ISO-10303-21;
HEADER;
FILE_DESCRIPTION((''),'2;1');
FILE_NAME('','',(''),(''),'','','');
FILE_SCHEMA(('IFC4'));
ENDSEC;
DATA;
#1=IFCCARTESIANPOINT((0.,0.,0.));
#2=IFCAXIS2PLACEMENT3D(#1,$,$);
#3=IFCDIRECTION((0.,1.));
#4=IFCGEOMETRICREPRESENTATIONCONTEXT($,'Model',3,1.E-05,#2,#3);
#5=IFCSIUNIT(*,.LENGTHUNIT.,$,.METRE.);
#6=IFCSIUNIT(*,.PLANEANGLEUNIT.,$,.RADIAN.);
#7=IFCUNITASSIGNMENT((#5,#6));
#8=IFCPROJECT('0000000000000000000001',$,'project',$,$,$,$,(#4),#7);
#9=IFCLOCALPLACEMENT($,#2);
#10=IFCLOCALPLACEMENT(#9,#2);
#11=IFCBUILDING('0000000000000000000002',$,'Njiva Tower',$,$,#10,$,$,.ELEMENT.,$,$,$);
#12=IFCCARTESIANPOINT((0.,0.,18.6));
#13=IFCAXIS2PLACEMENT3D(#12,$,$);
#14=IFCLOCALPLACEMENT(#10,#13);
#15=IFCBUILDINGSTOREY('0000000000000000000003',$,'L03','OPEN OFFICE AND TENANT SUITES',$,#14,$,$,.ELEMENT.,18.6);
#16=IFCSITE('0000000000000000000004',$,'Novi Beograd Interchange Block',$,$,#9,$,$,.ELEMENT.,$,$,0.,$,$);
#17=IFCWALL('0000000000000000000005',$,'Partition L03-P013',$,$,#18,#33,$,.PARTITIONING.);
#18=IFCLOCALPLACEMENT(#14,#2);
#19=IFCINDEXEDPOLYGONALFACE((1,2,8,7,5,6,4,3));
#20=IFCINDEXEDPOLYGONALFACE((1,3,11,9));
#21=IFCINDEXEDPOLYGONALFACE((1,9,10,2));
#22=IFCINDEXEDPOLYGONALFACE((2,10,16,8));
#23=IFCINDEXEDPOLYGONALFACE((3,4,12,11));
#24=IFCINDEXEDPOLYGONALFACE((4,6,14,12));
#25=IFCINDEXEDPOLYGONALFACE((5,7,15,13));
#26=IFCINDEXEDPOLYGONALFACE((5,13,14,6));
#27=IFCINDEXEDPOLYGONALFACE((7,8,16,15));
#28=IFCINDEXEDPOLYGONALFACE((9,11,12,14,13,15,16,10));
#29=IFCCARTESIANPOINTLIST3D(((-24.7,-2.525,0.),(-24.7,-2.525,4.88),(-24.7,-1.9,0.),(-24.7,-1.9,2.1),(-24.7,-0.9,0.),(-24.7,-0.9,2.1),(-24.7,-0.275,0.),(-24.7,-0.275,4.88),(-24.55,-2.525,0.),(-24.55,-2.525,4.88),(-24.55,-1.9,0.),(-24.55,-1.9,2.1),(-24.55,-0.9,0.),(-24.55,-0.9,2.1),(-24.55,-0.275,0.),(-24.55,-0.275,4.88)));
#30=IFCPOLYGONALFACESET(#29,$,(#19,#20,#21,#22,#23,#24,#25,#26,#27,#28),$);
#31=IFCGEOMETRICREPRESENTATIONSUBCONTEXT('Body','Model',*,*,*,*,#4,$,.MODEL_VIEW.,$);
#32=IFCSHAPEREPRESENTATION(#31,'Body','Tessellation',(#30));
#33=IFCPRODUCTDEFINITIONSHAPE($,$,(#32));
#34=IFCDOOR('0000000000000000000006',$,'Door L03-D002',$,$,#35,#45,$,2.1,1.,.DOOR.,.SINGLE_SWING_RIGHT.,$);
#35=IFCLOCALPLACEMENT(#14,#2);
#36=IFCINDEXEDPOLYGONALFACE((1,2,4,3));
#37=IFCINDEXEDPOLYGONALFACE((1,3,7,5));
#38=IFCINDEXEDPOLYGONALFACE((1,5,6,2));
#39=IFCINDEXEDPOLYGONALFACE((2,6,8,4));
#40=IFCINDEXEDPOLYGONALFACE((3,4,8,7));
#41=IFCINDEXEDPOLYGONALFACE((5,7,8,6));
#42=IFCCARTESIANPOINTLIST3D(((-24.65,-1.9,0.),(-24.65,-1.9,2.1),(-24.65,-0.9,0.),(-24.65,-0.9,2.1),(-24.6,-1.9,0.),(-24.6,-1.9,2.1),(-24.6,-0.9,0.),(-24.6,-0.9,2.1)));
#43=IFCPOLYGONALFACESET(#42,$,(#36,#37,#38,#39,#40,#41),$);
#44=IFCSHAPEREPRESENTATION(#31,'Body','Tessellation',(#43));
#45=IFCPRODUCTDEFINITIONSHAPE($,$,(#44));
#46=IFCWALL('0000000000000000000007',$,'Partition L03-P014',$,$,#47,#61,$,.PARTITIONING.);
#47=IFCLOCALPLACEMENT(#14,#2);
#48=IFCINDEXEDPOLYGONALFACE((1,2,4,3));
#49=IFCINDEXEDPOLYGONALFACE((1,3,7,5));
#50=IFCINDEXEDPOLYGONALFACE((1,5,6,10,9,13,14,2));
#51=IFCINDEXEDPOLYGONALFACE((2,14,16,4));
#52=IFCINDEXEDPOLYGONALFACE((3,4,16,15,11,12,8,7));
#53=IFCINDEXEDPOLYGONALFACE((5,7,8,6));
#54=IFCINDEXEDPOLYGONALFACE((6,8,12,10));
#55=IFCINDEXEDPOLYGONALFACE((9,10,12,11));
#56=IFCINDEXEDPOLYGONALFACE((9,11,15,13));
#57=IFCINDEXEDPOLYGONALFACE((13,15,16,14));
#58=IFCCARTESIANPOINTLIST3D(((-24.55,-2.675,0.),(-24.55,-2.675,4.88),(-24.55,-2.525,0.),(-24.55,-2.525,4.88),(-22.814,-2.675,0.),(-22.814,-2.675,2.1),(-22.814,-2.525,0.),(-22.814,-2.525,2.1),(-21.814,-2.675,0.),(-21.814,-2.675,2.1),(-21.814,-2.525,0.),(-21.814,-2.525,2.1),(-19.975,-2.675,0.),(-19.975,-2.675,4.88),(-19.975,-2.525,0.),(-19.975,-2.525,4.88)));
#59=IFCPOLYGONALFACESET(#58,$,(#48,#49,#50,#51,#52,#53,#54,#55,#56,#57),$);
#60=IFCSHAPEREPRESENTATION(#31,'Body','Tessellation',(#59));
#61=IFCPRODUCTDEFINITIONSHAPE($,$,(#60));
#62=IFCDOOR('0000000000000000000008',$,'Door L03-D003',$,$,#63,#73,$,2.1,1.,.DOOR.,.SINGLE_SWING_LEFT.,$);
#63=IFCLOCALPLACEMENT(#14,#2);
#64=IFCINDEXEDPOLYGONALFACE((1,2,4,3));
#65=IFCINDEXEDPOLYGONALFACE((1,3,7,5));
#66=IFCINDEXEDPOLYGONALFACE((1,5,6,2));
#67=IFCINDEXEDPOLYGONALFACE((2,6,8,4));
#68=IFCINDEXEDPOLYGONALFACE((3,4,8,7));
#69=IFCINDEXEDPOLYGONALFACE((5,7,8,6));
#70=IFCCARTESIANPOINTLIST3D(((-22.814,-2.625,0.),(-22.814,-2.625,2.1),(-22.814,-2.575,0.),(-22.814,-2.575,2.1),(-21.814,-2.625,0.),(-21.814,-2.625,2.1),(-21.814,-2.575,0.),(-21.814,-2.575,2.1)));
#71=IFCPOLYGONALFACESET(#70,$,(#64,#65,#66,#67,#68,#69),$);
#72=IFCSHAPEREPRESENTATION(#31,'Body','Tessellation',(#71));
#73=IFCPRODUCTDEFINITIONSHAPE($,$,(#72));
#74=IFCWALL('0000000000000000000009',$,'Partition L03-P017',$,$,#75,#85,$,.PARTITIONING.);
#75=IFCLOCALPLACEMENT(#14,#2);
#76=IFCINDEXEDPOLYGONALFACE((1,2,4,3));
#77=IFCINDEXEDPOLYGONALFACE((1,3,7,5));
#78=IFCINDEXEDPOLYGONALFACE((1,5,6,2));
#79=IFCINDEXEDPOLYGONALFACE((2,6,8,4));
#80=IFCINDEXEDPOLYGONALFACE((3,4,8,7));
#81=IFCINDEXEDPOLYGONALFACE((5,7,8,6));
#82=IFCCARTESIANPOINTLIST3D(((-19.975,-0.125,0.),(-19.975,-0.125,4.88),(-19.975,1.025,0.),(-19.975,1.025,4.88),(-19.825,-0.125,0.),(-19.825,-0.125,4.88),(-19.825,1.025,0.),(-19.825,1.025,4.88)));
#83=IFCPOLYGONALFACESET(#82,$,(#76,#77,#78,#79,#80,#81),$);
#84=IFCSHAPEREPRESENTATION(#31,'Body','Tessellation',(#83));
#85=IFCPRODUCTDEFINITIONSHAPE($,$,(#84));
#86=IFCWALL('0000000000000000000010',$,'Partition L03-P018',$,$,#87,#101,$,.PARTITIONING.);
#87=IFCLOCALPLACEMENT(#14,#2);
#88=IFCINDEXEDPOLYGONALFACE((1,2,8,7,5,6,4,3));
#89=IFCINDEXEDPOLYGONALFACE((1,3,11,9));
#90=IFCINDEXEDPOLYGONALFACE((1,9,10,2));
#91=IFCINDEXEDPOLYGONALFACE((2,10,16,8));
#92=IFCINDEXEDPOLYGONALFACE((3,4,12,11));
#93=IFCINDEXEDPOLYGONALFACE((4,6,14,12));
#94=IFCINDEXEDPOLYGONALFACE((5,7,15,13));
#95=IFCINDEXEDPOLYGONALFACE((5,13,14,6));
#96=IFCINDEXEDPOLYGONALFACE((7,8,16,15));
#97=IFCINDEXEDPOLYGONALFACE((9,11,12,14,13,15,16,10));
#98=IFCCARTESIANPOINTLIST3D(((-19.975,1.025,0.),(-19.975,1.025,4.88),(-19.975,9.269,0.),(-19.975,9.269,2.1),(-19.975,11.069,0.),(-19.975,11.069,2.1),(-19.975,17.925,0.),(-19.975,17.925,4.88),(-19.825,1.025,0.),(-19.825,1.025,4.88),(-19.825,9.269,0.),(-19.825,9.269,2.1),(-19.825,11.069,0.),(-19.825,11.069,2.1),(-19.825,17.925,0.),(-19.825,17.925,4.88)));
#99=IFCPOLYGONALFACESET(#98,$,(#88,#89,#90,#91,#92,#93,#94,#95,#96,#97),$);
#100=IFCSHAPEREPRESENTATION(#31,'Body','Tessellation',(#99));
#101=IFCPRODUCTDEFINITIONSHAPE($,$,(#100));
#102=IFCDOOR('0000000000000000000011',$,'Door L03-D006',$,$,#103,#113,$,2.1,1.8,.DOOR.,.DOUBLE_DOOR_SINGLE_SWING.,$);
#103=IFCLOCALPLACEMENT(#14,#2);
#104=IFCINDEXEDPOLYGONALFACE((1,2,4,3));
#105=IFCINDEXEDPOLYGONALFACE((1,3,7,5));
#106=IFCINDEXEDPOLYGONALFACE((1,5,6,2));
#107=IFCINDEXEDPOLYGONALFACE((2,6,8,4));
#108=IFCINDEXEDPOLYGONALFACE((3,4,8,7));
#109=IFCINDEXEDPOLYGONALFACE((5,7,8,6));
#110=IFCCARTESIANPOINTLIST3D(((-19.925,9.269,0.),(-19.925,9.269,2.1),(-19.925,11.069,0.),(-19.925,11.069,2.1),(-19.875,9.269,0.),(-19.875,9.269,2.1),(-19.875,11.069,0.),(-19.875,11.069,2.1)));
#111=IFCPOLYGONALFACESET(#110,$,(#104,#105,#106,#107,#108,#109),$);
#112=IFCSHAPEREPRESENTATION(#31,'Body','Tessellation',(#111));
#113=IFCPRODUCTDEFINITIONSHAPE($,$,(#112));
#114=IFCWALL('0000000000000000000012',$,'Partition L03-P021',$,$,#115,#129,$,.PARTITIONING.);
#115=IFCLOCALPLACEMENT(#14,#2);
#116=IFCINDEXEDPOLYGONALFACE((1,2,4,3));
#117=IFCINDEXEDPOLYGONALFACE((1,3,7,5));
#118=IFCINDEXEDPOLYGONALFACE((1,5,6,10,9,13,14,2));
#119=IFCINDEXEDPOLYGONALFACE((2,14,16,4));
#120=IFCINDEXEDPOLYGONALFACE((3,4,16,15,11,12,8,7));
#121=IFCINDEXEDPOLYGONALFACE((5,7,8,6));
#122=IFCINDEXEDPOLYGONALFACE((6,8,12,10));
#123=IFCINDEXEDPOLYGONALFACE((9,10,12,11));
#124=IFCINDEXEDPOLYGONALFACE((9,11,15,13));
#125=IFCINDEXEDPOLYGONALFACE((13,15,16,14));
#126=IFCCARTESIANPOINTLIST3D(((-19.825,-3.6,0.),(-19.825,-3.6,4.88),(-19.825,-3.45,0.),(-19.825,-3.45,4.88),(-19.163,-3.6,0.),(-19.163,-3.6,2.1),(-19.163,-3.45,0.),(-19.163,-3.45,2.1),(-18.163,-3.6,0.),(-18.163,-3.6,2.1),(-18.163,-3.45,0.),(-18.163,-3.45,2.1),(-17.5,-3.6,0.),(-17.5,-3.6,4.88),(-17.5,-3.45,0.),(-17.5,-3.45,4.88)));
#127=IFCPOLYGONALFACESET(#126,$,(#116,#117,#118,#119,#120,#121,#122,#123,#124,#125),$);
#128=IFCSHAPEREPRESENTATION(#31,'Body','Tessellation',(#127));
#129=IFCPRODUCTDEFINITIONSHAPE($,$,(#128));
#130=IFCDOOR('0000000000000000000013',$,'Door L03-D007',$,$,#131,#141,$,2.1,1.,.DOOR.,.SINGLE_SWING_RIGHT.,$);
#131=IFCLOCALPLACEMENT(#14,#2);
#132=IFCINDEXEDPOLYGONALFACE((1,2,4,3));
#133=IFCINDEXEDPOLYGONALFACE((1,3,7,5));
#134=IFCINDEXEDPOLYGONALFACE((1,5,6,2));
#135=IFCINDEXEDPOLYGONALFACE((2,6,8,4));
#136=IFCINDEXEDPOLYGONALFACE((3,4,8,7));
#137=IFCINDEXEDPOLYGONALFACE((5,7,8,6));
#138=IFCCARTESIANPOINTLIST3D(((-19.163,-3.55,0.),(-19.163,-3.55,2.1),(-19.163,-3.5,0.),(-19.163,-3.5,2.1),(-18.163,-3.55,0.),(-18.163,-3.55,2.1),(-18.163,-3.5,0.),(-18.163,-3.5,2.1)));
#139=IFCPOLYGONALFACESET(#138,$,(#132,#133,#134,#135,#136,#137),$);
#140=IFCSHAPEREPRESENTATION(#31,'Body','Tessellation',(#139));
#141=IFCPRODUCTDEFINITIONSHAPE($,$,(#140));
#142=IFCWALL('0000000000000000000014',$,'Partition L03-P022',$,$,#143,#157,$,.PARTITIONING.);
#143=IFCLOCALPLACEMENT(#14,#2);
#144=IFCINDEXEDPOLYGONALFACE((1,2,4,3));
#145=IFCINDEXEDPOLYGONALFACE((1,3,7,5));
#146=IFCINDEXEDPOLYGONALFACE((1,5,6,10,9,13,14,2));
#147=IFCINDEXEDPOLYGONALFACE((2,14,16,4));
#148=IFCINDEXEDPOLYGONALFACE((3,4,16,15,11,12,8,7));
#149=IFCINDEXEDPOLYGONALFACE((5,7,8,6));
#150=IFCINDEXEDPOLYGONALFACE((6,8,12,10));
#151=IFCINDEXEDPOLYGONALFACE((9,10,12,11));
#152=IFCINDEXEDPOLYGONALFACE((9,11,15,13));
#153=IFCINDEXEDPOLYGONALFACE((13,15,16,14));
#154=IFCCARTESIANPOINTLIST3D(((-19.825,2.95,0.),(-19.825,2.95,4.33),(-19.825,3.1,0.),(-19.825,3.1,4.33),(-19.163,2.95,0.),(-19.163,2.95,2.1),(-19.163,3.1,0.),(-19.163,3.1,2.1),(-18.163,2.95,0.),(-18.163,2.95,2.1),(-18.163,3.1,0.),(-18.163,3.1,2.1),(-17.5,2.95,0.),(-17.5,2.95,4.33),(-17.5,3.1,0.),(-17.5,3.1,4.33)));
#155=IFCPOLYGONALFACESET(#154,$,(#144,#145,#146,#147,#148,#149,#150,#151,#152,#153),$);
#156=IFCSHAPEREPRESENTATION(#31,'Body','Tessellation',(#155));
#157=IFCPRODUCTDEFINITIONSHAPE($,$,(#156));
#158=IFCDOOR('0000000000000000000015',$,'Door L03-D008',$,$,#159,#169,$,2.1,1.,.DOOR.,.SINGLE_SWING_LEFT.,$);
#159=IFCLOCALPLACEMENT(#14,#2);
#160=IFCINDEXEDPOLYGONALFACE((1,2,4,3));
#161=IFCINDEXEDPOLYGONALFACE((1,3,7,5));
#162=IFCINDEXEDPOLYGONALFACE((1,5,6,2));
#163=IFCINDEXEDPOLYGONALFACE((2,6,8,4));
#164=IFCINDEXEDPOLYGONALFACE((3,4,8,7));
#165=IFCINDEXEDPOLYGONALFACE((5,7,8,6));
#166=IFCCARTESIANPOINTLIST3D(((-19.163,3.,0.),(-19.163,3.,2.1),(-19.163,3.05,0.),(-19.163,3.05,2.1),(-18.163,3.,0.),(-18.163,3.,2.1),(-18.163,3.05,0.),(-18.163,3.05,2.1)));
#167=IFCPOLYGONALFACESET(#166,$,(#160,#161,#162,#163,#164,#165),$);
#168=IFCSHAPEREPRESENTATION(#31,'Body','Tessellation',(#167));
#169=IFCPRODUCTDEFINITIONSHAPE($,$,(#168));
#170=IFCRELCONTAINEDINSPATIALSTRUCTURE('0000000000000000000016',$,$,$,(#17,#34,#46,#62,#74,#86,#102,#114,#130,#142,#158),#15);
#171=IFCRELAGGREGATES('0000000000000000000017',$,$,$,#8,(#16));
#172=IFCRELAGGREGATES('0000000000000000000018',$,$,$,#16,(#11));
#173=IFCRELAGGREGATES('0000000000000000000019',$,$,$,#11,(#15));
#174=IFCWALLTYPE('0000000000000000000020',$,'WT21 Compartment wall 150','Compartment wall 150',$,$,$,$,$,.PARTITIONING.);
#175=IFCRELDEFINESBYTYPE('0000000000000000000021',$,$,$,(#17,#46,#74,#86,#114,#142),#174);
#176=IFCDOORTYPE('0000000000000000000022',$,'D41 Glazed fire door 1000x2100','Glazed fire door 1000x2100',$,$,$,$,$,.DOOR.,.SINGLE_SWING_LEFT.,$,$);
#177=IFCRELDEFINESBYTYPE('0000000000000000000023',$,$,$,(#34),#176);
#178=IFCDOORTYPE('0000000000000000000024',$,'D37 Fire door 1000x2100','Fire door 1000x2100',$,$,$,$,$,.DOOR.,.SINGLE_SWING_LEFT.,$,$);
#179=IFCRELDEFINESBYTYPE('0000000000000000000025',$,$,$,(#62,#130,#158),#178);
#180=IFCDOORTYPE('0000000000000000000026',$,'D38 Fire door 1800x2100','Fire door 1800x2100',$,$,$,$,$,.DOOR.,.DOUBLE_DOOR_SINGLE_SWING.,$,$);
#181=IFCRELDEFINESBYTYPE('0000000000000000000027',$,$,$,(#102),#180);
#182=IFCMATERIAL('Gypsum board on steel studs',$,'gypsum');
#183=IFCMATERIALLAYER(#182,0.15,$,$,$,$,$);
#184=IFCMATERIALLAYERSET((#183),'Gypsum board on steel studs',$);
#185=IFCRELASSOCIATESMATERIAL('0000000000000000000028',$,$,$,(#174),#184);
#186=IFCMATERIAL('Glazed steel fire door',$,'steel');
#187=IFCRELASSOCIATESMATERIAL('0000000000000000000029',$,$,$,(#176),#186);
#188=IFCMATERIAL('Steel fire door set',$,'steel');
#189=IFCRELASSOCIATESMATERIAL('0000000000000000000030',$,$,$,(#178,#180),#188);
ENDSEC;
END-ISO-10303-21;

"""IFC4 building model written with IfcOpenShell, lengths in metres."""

from ifc_helpers import new_model, si_unit, direction, frame, frame_2d, origin, place, context, subcontext, project, spatial, rectangle, extrude, material, layer, layer_set, type_object, element, fill, save


model = new_model("IFC4")

# Units and contexts
model_context = context("Model", 3, precision=1e-05, world=origin(), true_north=direction((0.0, 1.0)))
body_context = subcontext(model_context, "Body", "Model", "MODEL_VIEW")
ifc_project = project(units=[si_unit("LENGTHUNIT", "METRE"), si_unit("PLANEANGLEUNIT", "RADIAN")], contexts=[model_context])

# Site, building, storey
site_placement = place(None, origin())
site = spatial("IfcSite", under=ifc_project, at=site_placement, Name="Novi Beograd Interchange Block", CompositionType="ELEMENT", RefElevation=0.0)
building_placement = place(site_placement, origin())
building = spatial("IfcBuilding", under=site, at=building_placement, Name="Njiva Tower", CompositionType="ELEMENT")
storey_placement = place(building_placement, frame((0.0, 0.0, 18.6)))
storey = spatial("IfcBuildingStorey", under=building, at=storey_placement, Name="L03", Description="OPEN OFFICE AND TENANT SUITES", CompositionType="ELEMENT", Elevation=18.6)

# Walls, openings, doors
ifc_material_1 = material(Name="Gypsum board on steel studs", Category="gypsum")
ifc_layer_1 = layer(ifc_material_1, 0.15)
ifc_layer_set_1 = layer_set([ifc_layer_1], Name="Gypsum board on steel studs")
wall_type_1 = type_object("IfcWallType", Name="WT21 Compartment wall 150", Description="Compartment wall 150", PredefinedType="PARTITIONING", material=ifc_layer_set_1)
wall_1_placement = place(storey_placement, frame((-24.625, -2.525, 0.0), z_axis=(0.0, 0.0, 1.0), x_axis=(0.0, 1.0, 0.0)))
wall_1 = element("IfcWall", 1, at=wall_1_placement, inside=storey, type_object=wall_type_1, Name="Partition L03-P013", PredefinedType="PARTITIONING", context=body_context, shape_type="SweptSolid", body=[
    extrude(rectangle(XDim=2.25, YDim=0.15, at=frame_2d((1.125, 0.0))), origin(), (0.0, 0.0, 1.0), 4.88),
])
opening_1_placement = place(wall_1_placement, frame((0.625, 0.0, 0.0)))
opening_1 = element("IfcOpeningElement", 2, at=opening_1_placement, cuts=wall_1, PredefinedType="OPENING", context=body_context, shape_type="SweptSolid", body=[
    extrude(rectangle(XDim=1.0, YDim=2.1, at=frame_2d((0.5, 1.05))), frame((0.0, 0.085, 0.0), z_axis=(0.0, -1.0, 0.0), x_axis=(1.0, 0.0, 0.0)), (0.0, 0.0, 1.0), 0.17),
])
ifc_material_2 = material(Name="Glazed steel fire door", Category="steel")
door_type_1 = type_object("IfcDoorType", Name="D41 Glazed fire door 1000x2100", Description="Glazed fire door 1000x2100", OperationType="SINGLE_SWING_LEFT", PredefinedType="DOOR", material=ifc_material_2)
door_1_placement = place(opening_1_placement, origin())
door_1 = element("IfcDoor", 3, at=door_1_placement, inside=storey, type_object=door_type_1, Name="Door L03-D002", OperationType="SINGLE_SWING_RIGHT", OverallHeight=2.1, OverallWidth=1.0, PredefinedType="DOOR", context=body_context, shape_type="SweptSolid", body=[
    extrude(rectangle(XDim=1.0, YDim=2.1, at=frame_2d((0.5, 1.05))), frame((0.0, 0.025, 0.0), z_axis=(0.0, -1.0, 0.0), x_axis=(1.0, 0.0, 0.0)), (0.0, 0.0, 1.0), 0.05),
])
fill(opening_1, door_1)
wall_2_placement = place(storey_placement, frame((-24.55, -2.6, 0.0), z_axis=(0.0, 0.0, 1.0), x_axis=(1.0, 0.0, 0.0)))
wall_2 = element("IfcWall", 4, at=wall_2_placement, inside=storey, type_object=wall_type_1, Name="Partition L03-P014", PredefinedType="PARTITIONING", context=body_context, shape_type="SweptSolid", body=[
    extrude(rectangle(XDim=4.575, YDim=0.15, at=frame_2d((2.2875, 0.0))), origin(), (0.0, 0.0, 1.0), 4.88),
])
opening_2_placement = place(wall_2_placement, frame((1.736, 0.0, 0.0)))
opening_2 = element("IfcOpeningElement", 5, at=opening_2_placement, cuts=wall_2, PredefinedType="OPENING", context=body_context, shape_type="SweptSolid", body=[
    extrude(rectangle(XDim=1.0, YDim=2.1, at=frame_2d((0.5, 1.05))), frame((0.0, 0.085, 0.0), z_axis=(0.0, -1.0, 0.0), x_axis=(1.0, 0.0, 0.0)), (0.0, 0.0, 1.0), 0.17),
])
ifc_material_3 = material(Name="Steel fire door set", Category="steel")
door_type_2 = type_object("IfcDoorType", Name="D37 Fire door 1000x2100", Description="Fire door 1000x2100", OperationType="SINGLE_SWING_LEFT", PredefinedType="DOOR", material=ifc_material_3)
door_2_placement = place(opening_2_placement, origin())
door_2 = element("IfcDoor", 6, at=door_2_placement, inside=storey, type_object=door_type_2, Name="Door L03-D003", OperationType="SINGLE_SWING_LEFT", OverallHeight=2.1, OverallWidth=1.0, PredefinedType="DOOR", context=body_context, shape_type="SweptSolid", body=[
    extrude(rectangle(XDim=1.0, YDim=2.1, at=frame_2d((0.5, 1.05))), frame((0.0, 0.025, 0.0), z_axis=(0.0, -1.0, 0.0), x_axis=(1.0, 0.0, 0.0)), (0.0, 0.0, 1.0), 0.05),
])
fill(opening_2, door_2)

# Wall
wall_3_placement = place(storey_placement, frame((-19.9, -0.125, 0.0), z_axis=(0.0, 0.0, 1.0), x_axis=(0.0, 1.0, 0.0)))
element("IfcWall", 7, at=wall_3_placement, inside=storey, type_object=wall_type_1, Name="Partition L03-P017", PredefinedType="PARTITIONING", context=body_context, shape_type="SweptSolid", body=[
    extrude(rectangle(XDim=1.15, YDim=0.15, at=frame_2d((0.575, 0.0))), origin(), (0.0, 0.0, 1.0), 4.88),
])

# Walls, openings, doors
wall_4_placement = place(storey_placement, frame((-19.9, 1.025, 0.0), z_axis=(0.0, 0.0, 1.0), x_axis=(0.0, 1.0, 0.0)))
wall_4 = element("IfcWall", 8, at=wall_4_placement, inside=storey, type_object=wall_type_1, Name="Partition L03-P018", PredefinedType="PARTITIONING", context=body_context, shape_type="SweptSolid", body=[
    extrude(rectangle(XDim=16.9, YDim=0.15, at=frame_2d((8.45, 0.0))), origin(), (0.0, 0.0, 1.0), 4.88),
])
opening_3_placement = place(wall_4_placement, frame((8.244, 0.0, 0.0)))
opening_3 = element("IfcOpeningElement", 9, at=opening_3_placement, cuts=wall_4, PredefinedType="OPENING", context=body_context, shape_type="SweptSolid", body=[
    extrude(rectangle(XDim=1.8, YDim=2.1, at=frame_2d((0.9, 1.05))), frame((0.0, 0.085, 0.0), z_axis=(0.0, -1.0, 0.0), x_axis=(1.0, 0.0, 0.0)), (0.0, 0.0, 1.0), 0.17),
])
door_type_3 = type_object("IfcDoorType", Name="D38 Fire door 1800x2100", Description="Fire door 1800x2100", OperationType="DOUBLE_DOOR_SINGLE_SWING", PredefinedType="DOOR", material=ifc_material_3)
door_3_placement = place(opening_3_placement, origin())
door_3 = element("IfcDoor", 10, at=door_3_placement, inside=storey, type_object=door_type_3, Name="Door L03-D006", OperationType="DOUBLE_DOOR_SINGLE_SWING", OverallHeight=2.1, OverallWidth=1.8, PredefinedType="DOOR", context=body_context, shape_type="SweptSolid", body=[
    extrude(rectangle(XDim=1.8, YDim=2.1, at=frame_2d((0.9, 1.05))), frame((0.0, 0.025, 0.0), z_axis=(0.0, -1.0, 0.0), x_axis=(1.0, 0.0, 0.0)), (0.0, 0.0, 1.0), 0.05),
])
fill(opening_3, door_3)
wall_5_placement = place(storey_placement, frame((-19.825, -3.525, 0.0), z_axis=(0.0, 0.0, 1.0), x_axis=(1.0, 0.0, 0.0)))
wall_5 = element("IfcWall", 11, at=wall_5_placement, inside=storey, type_object=wall_type_1, Name="Partition L03-P021", PredefinedType="PARTITIONING", context=body_context, shape_type="SweptSolid", body=[
    extrude(rectangle(XDim=2.325, YDim=0.15, at=frame_2d((1.1625, 0.0))), origin(), (0.0, 0.0, 1.0), 4.88),
])
opening_4_placement = place(wall_5_placement, frame((0.662, 0.0, 0.0)))
opening_4 = element("IfcOpeningElement", 12, at=opening_4_placement, cuts=wall_5, PredefinedType="OPENING", context=body_context, shape_type="SweptSolid", body=[
    extrude(rectangle(XDim=1.0, YDim=2.1, at=frame_2d((0.5, 1.05))), frame((0.0, 0.085, 0.0), z_axis=(0.0, -1.0, 0.0), x_axis=(1.0, 0.0, 0.0)), (0.0, 0.0, 1.0), 0.17),
])
door_4_placement = place(opening_4_placement, origin())
door_4 = element("IfcDoor", 13, at=door_4_placement, inside=storey, type_object=door_type_2, Name="Door L03-D007", OperationType="SINGLE_SWING_RIGHT", OverallHeight=2.1, OverallWidth=1.0, PredefinedType="DOOR", context=body_context, shape_type="SweptSolid", body=[
    extrude(rectangle(XDim=1.0, YDim=2.1, at=frame_2d((0.5, 1.05))), frame((0.0, 0.025, 0.0), z_axis=(0.0, -1.0, 0.0), x_axis=(1.0, 0.0, 0.0)), (0.0, 0.0, 1.0), 0.05),
])
fill(opening_4, door_4)
wall_6_placement = place(storey_placement, frame((-19.825, 3.025, 0.0), z_axis=(0.0, 0.0, 1.0), x_axis=(1.0, 0.0, 0.0)))
wall_6 = element("IfcWall", 14, at=wall_6_placement, inside=storey, type_object=wall_type_1, Name="Partition L03-P022", PredefinedType="PARTITIONING", context=body_context, shape_type="SweptSolid", body=[
    extrude(rectangle(XDim=2.325, YDim=0.15, at=frame_2d((1.1625, 0.0))), origin(), (0.0, 0.0, 1.0), 4.33),
])
opening_5_placement = place(wall_6_placement, frame((0.662, 0.0, 0.0)))
opening_5 = element("IfcOpeningElement", 15, at=opening_5_placement, cuts=wall_6, PredefinedType="OPENING", context=body_context, shape_type="SweptSolid", body=[
    extrude(rectangle(XDim=1.0, YDim=2.1, at=frame_2d((0.5, 1.05))), frame((0.0, 0.085, 0.0), z_axis=(0.0, -1.0, 0.0), x_axis=(1.0, 0.0, 0.0)), (0.0, 0.0, 1.0), 0.17),
])
door_5_placement = place(opening_5_placement, origin())
door_5 = element("IfcDoor", 16, at=door_5_placement, inside=storey, type_object=door_type_2, Name="Door L03-D008", OperationType="SINGLE_SWING_LEFT", OverallHeight=2.1, OverallWidth=1.0, PredefinedType="DOOR", context=body_context, shape_type="SweptSolid", body=[
    extrude(rectangle(XDim=1.0, YDim=2.1, at=frame_2d((0.5, 1.05))), frame((0.0, 0.025, 0.0), z_axis=(0.0, -1.0, 0.0), x_axis=(1.0, 0.0, 0.0)), (0.0, 0.0, 1.0), 0.05),
])
fill(opening_5, door_5)

save(model, "model.ifc")
